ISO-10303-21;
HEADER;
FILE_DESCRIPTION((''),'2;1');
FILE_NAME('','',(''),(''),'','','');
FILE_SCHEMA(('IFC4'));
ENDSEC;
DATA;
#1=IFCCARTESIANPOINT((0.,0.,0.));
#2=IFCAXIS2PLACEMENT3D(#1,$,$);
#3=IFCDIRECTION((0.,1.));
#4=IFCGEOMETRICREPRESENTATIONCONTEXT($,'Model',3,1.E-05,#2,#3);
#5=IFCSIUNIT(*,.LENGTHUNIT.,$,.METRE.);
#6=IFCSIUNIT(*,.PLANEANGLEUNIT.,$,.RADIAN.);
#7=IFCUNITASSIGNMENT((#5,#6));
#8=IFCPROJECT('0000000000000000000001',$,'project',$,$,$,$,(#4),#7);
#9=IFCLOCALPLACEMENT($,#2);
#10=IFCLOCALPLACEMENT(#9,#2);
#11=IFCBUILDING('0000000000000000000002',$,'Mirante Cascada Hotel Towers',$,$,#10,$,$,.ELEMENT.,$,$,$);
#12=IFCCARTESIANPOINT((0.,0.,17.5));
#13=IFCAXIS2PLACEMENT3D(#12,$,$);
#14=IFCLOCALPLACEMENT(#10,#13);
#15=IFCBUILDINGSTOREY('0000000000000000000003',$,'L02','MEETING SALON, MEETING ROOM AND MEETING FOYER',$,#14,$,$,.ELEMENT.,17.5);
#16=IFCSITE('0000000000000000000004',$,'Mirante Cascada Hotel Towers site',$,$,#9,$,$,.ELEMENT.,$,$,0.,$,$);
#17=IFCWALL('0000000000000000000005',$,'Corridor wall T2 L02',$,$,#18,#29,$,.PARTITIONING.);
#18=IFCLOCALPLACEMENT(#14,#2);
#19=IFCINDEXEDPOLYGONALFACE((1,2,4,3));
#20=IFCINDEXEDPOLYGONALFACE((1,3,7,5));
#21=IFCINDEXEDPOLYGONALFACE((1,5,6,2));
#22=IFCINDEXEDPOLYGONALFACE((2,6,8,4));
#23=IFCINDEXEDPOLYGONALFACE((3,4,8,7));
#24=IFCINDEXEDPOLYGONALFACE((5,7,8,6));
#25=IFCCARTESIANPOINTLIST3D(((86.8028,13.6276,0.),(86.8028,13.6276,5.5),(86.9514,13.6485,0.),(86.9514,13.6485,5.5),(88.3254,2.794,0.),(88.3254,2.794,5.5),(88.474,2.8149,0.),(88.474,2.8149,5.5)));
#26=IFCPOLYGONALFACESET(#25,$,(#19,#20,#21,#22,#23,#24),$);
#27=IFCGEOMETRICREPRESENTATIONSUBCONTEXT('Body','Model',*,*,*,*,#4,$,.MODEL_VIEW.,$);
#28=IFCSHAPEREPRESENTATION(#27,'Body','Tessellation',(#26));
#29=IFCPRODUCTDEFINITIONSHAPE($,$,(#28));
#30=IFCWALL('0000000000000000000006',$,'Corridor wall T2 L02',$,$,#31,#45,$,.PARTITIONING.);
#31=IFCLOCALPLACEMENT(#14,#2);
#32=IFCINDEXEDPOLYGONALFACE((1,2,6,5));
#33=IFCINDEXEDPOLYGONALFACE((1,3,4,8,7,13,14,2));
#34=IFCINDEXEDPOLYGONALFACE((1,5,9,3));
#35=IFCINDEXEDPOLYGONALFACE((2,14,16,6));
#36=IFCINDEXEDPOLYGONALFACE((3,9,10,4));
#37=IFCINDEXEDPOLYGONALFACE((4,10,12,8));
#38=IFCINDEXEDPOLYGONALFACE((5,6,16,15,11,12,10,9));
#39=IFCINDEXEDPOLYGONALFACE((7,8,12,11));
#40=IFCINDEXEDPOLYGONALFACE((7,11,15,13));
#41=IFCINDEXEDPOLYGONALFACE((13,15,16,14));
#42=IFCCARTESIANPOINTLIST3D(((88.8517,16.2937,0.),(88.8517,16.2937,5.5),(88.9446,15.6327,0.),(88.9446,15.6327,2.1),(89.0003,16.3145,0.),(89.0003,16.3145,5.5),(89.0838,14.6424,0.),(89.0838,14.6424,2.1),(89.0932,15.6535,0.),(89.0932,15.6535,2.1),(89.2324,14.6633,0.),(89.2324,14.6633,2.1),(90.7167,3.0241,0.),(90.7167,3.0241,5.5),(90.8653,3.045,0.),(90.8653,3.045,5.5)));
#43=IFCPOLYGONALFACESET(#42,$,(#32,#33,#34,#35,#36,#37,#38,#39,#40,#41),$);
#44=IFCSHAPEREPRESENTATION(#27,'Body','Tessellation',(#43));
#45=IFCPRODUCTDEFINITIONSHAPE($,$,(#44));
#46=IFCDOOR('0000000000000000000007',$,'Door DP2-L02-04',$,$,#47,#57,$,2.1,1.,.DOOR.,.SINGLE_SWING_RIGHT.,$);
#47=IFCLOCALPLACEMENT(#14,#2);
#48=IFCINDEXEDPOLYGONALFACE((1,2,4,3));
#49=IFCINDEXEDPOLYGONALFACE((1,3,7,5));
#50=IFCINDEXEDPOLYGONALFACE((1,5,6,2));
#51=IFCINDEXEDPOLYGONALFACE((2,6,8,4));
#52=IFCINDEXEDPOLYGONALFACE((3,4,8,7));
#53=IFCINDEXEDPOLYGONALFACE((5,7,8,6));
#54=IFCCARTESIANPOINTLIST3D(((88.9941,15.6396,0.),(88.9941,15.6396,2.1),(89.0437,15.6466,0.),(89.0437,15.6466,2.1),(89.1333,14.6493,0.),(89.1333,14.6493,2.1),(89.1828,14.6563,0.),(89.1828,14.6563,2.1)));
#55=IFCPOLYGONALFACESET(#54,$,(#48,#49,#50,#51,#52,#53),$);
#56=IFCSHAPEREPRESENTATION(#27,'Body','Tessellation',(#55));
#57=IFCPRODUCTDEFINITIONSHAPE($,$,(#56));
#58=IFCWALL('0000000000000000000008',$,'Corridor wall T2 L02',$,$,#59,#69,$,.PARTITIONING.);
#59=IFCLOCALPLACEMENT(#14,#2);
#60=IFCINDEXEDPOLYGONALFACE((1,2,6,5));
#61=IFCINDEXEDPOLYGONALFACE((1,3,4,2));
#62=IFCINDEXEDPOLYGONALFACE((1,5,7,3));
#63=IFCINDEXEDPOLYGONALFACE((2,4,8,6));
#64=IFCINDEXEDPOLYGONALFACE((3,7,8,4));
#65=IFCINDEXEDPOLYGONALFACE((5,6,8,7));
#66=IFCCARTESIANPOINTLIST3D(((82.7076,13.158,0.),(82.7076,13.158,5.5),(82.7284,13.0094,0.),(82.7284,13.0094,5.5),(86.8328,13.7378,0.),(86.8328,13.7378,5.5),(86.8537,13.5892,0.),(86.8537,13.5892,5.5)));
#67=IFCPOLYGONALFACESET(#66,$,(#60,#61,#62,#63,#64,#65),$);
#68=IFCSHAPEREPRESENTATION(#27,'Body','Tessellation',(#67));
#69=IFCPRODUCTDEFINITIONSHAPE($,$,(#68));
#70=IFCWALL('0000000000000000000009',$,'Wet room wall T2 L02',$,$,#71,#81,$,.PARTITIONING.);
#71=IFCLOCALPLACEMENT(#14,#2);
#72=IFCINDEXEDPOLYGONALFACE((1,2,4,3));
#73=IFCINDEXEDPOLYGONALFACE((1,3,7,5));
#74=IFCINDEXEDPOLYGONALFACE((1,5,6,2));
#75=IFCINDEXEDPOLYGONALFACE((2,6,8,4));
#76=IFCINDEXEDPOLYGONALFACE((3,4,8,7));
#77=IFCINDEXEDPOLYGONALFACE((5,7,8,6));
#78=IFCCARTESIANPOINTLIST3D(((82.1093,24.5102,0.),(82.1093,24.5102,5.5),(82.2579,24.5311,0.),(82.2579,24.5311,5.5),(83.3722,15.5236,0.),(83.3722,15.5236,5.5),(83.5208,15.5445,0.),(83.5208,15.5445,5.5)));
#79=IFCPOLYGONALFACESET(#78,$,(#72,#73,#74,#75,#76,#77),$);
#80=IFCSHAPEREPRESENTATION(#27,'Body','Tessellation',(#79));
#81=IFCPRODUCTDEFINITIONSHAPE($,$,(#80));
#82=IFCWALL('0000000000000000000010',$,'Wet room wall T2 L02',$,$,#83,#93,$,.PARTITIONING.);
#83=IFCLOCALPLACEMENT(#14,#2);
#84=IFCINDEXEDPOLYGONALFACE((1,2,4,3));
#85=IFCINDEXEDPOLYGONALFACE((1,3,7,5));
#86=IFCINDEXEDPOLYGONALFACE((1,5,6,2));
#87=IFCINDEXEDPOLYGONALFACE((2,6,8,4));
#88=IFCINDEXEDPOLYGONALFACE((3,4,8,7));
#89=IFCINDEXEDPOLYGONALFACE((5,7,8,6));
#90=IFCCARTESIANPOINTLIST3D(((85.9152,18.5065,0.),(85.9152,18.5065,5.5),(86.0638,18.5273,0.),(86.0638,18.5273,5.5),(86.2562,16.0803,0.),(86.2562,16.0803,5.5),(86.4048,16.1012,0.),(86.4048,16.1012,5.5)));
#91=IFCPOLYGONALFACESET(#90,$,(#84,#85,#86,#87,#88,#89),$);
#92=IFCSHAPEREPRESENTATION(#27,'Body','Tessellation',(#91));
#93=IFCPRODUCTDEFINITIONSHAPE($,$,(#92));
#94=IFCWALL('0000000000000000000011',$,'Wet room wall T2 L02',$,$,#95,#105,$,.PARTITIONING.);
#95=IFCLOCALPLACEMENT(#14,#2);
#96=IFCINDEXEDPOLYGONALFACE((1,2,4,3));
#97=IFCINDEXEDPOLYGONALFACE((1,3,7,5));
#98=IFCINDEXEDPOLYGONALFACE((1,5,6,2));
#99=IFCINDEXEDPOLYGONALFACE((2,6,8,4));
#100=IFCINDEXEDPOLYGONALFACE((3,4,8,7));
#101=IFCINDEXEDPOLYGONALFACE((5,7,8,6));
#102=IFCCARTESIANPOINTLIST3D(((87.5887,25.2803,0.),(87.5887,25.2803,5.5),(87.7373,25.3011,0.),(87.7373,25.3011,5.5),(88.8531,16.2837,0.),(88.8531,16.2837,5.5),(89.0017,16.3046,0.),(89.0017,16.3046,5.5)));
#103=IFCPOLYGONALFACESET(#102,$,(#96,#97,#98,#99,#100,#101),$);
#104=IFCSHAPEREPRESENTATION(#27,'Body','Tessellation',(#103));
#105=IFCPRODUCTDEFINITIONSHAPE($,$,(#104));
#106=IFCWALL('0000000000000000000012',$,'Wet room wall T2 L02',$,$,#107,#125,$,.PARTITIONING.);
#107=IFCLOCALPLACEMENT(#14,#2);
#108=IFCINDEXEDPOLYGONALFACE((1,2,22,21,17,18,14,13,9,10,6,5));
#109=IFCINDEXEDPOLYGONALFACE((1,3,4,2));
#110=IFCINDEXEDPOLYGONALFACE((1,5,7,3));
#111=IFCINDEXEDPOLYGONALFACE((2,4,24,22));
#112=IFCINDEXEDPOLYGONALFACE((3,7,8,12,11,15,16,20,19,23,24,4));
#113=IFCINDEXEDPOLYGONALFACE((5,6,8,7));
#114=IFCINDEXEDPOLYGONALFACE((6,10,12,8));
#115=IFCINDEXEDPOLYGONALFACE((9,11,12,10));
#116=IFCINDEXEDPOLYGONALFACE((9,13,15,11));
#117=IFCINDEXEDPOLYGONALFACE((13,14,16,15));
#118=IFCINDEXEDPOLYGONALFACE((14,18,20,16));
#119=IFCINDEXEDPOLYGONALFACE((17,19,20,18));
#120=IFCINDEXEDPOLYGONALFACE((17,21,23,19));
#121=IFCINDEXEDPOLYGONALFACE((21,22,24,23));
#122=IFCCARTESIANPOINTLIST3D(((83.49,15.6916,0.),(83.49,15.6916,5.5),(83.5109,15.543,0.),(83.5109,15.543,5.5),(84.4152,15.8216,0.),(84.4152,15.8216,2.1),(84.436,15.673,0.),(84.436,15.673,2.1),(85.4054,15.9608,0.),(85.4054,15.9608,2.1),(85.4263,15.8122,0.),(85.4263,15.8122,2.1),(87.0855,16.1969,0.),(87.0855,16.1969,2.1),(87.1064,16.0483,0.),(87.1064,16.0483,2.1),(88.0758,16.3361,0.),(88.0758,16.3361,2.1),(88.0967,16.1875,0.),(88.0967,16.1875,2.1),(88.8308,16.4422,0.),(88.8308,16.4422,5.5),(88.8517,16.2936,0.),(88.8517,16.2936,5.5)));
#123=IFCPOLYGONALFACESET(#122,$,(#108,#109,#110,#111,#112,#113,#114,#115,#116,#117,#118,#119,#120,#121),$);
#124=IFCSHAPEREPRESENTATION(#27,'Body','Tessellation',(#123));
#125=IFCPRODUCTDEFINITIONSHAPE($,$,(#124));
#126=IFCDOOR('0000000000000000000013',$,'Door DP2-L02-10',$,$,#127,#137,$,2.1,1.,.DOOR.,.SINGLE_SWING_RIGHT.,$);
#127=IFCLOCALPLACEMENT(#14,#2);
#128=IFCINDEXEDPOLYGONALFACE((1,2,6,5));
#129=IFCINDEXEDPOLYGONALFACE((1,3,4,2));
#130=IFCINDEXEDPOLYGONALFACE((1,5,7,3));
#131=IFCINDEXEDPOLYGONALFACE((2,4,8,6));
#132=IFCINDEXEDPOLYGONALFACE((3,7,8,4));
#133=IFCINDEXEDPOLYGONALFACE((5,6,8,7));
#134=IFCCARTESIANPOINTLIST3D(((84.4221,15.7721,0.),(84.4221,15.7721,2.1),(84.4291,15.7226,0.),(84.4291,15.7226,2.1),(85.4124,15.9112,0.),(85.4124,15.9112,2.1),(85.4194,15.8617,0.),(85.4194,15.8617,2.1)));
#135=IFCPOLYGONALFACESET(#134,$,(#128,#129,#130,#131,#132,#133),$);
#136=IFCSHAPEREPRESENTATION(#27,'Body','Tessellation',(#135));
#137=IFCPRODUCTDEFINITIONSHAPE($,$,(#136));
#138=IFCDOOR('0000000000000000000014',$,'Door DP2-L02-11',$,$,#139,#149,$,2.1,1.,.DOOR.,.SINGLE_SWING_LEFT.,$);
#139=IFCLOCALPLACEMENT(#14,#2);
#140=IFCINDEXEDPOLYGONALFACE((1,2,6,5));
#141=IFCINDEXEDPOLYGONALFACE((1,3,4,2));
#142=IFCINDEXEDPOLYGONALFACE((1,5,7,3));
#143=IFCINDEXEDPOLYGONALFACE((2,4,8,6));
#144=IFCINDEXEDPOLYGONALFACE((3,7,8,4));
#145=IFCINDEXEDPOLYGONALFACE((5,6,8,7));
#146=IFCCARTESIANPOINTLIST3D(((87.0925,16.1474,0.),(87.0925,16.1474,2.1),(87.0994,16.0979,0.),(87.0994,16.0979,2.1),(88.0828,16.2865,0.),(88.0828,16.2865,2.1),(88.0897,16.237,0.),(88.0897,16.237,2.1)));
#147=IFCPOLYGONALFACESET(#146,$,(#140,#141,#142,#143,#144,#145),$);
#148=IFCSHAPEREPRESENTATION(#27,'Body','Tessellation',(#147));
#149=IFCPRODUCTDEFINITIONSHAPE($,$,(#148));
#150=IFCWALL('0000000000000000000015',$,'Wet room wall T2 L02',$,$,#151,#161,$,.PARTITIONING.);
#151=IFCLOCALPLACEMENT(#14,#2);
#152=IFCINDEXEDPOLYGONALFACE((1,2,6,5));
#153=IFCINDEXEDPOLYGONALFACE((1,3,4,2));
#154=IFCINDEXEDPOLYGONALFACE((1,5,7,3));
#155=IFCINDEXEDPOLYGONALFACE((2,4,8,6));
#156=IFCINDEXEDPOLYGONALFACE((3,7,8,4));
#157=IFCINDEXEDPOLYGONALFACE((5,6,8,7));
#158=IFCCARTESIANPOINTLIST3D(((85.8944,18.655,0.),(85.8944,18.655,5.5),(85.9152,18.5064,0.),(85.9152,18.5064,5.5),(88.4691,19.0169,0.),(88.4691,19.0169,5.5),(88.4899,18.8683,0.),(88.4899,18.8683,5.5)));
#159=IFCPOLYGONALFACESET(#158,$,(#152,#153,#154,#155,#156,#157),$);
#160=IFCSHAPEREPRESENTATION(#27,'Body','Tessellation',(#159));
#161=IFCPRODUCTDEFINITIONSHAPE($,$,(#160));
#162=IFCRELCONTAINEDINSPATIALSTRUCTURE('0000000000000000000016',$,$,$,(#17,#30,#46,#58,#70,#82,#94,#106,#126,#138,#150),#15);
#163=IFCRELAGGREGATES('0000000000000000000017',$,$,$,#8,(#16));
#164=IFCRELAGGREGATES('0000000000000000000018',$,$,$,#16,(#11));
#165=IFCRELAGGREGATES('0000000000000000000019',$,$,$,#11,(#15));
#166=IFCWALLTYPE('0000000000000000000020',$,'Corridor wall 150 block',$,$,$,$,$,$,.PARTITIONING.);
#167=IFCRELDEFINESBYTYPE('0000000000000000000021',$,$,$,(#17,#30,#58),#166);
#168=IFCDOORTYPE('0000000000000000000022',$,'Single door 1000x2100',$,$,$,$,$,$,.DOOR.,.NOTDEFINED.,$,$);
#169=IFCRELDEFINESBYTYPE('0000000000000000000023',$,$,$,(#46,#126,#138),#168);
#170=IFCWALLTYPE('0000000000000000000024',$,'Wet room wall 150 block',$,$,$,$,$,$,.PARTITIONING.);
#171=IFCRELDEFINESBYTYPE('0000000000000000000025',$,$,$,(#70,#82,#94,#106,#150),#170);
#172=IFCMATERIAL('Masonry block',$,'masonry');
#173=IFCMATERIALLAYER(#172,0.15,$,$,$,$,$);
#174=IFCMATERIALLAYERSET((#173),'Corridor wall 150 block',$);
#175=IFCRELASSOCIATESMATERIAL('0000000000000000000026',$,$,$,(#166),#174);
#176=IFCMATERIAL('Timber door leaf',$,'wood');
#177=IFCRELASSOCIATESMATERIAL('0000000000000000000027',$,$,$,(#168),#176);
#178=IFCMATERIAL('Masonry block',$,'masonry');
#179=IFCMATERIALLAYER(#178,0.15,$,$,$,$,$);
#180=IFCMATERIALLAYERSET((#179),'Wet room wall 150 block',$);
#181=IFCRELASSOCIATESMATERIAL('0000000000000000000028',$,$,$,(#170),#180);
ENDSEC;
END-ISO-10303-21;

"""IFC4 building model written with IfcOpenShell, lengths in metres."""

from ifc_helpers import new_model, si_unit, direction, frame, frame_2d, origin, place, context, subcontext, project, spatial, rectangle, extrude, material, layer, layer_set, type_object, element, fill, save


model = new_model("IFC4")

# Units and contexts
model_context = context("Model", 3, precision=1e-05, world=origin(), true_north=direction((0.0, 1.0)))
body_context = subcontext(model_context, "Body", "Model", "MODEL_VIEW")
ifc_project = project(units=[si_unit("LENGTHUNIT", "METRE"), si_unit("PLANEANGLEUNIT", "RADIAN")], contexts=[model_context])

# Site, building, storey
site_placement = place(None, origin())
site = spatial("IfcSite", under=ifc_project, at=site_placement, Name="Mirante Cascada Hotel Towers site", CompositionType="ELEMENT", RefElevation=0.0)
building_placement = place(site_placement, origin())
building = spatial("IfcBuilding", under=site, at=building_placement, Name="Mirante Cascada Hotel Towers", CompositionType="ELEMENT")
storey_placement = place(building_placement, frame((0.0, 0.0, 17.5)))
storey = spatial("IfcBuildingStorey", under=building, at=storey_placement, Name="L02", Description="MEETING SALON, MEETING ROOM AND MEETING FOYER", CompositionType="ELEMENT", Elevation=17.5)

# Wall
ifc_material_1 = material(Name="Masonry block", Category="masonry")
ifc_layer_1 = layer(ifc_material_1, 0.15)
ifc_layer_set_1 = layer_set([ifc_layer_1], Name="Corridor wall 150 block")
wall_type_1 = type_object("IfcWallType", Name="Corridor wall 150 block", PredefinedType="PARTITIONING", material=ifc_layer_set_1)
wall_1_placement = place(storey_placement, frame((86.8771, 13.638, 0.0), z_axis=(0.0, 0.0, 1.0), x_axis=(0.139176, -0.990268, 0.0)))
element("IfcWall", 1, at=wall_1_placement, inside=storey, type_object=wall_type_1, Name="Corridor wall T2 L02", PredefinedType="PARTITIONING", context=body_context, shape_type="SweptSolid", body=[
    extrude(rectangle(XDim=10.9401, YDim=0.15, at=frame_2d((5.47, 0.0))), origin(), (0.0, 0.0, 1.0), 5.5),
])

# Wall, opening, door
wall_2_placement = place(storey_placement, frame((88.926, 16.3041, 0.0), z_axis=(0.0, 0.0, 1.0), x_axis=(0.139179, -0.990267, 0.0)))
wall_2 = element("IfcWall", 2, at=wall_2_placement, inside=storey, type_object=wall_type_1, Name="Corridor wall T2 L02", PredefinedType="PARTITIONING", context=body_context, shape_type="SweptSolid", body=[
    extrude(rectangle(XDim=13.4, YDim=0.15, at=frame_2d((6.7, 0.0))), origin(), (0.0, 0.0, 1.0), 5.5),
])
opening_1_placement = place(wall_2_placement, frame((0.6675, 0.0, 0.0)))
opening_1 = element("IfcOpeningElement", 3, at=opening_1_placement, cuts=wall_2, PredefinedType="OPENING", context=body_context, shape_type="SweptSolid", body=[
    extrude(rectangle(XDim=1.0, YDim=2.1, at=frame_2d((0.5, 1.05))), frame((0.0, 0.075, 0.0), z_axis=(0.0, -1.0, 0.0), x_axis=(1.0, 0.0, 0.0)), (0.0, 0.0, 1.0), 0.15),
])
ifc_material_2 = material(Name="Timber door leaf", Category="wood")
door_type = type_object("IfcDoorType", Name="Single door 1000x2100", OperationType="NOTDEFINED", PredefinedType="DOOR", material=ifc_material_2)
door_1_placement = place(opening_1_placement, origin())
door_1 = element("IfcDoor", 4, at=door_1_placement, inside=storey, type_object=door_type, Name="Door DP2-L02-04", OperationType="SINGLE_SWING_RIGHT", OverallHeight=2.1, OverallWidth=1.0, PredefinedType="DOOR", context=body_context, shape_type="SweptSolid", body=[
    extrude(rectangle(XDim=1.0, YDim=2.1, at=frame_2d((0.5, 1.05))), frame((0.0, 0.025, 0.0), z_axis=(0.0, -1.0, 0.0), x_axis=(1.0, 0.0, 0.0)), (0.0, 0.0, 1.0), 0.05),
])
fill(opening_1, door_1)

# Walls
wall_3_placement = place(storey_placement, frame((82.718, 13.0837, 0.0), z_axis=(0.0, 0.0, 1.0), x_axis=(0.990267, 0.139179, 0.0)))
element("IfcWall", 5, at=wall_3_placement, inside=storey, type_object=wall_type_1, Name="Corridor wall T2 L02", PredefinedType="PARTITIONING", context=body_context, shape_type="SweptSolid", body=[
    extrude(rectangle(XDim=4.1658, YDim=0.15, at=frame_2d((2.0829, 0.0))), origin(), (0.0, 0.0, 1.0), 5.5),
])
ifc_material_3 = material(Name="Masonry block", Category="masonry")
ifc_layer_2 = layer(ifc_material_3, 0.15)
ifc_layer_set_2 = layer_set([ifc_layer_2], Name="Wet room wall 150 block")
wall_type_2 = type_object("IfcWallType", Name="Wet room wall 150 block", PredefinedType="PARTITIONING", material=ifc_layer_set_2)
wall_4_placement = place(storey_placement, frame((82.1836, 24.5206, 0.0), z_axis=(0.0, 0.0, 1.0), x_axis=(0.139164, -0.990269, 0.0)))
element("IfcWall", 6, at=wall_4_placement, inside=storey, type_object=wall_type_2, Name="Wet room wall T2 L02", PredefinedType="PARTITIONING", context=body_context, shape_type="SweptSolid", body=[
    extrude(rectangle(XDim=9.0749, YDim=0.15, at=frame_2d((4.5374, 0.0))), origin(), (0.0, 0.0, 1.0), 5.5),
])
wall_5_placement = place(storey_placement, frame((85.9895, 18.5169, 0.0), z_axis=(0.0, 0.0, 1.0), x_axis=(0.139181, -0.990267, 0.0)))
element("IfcWall", 7, at=wall_5_placement, inside=storey, type_object=wall_type_2, Name="Wet room wall T2 L02", PredefinedType="PARTITIONING", context=body_context, shape_type="SweptSolid", body=[
    extrude(rectangle(XDim=2.45, YDim=0.15, at=frame_2d((1.225, 0.0))), origin(), (0.0, 0.0, 1.0), 5.5),
])
wall_6_placement = place(storey_placement, frame((87.663, 25.2907, 0.0), z_axis=(0.0, 0.0, 1.0), x_axis=(0.139174, -0.990268, 0.0)))
element("IfcWall", 8, at=wall_6_placement, inside=storey, type_object=wall_type_2, Name="Wet room wall T2 L02", PredefinedType="PARTITIONING", context=body_context, shape_type="SweptSolid", body=[
    extrude(rectangle(XDim=9.085, YDim=0.15, at=frame_2d((4.5425, 0.0))), origin(), (0.0, 0.0, 1.0), 5.5),
])

# Wall, openings, doors
wall_7_placement = place(storey_placement, frame((83.5005, 15.6173, 0.0), z_axis=(0.0, 0.0, 1.0), x_axis=(0.990268, 0.139173, 0.0)))
wall_7 = element("IfcWall", 9, at=wall_7_placement, inside=storey, type_object=wall_type_2, Name="Wet room wall T2 L02", PredefinedType="PARTITIONING", context=body_context, shape_type="SweptSolid", body=[
    extrude(rectangle(XDim=5.3933, YDim=0.15, at=frame_2d((2.6966, 0.0))), origin(), (0.0, 0.0, 1.0), 5.5),
])
opening_2_placement = place(wall_7_placement, frame((0.9342, 0.0, 0.0)))
opening_2 = element("IfcOpeningElement", 10, at=opening_2_placement, cuts=wall_7, PredefinedType="OPENING", context=body_context, shape_type="SweptSolid", body=[
    extrude(rectangle(XDim=1.0, YDim=2.1, at=frame_2d((0.5, 1.05))), frame((0.0, 0.075, 0.0), z_axis=(0.0, -1.0, 0.0), x_axis=(1.0, 0.0, 0.0)), (0.0, 0.0, 1.0), 0.15),
])
opening_3_placement = place(wall_7_placement, frame((3.6308, 0.0, 0.0)))
opening_3 = element("IfcOpeningElement", 11, at=opening_3_placement, cuts=wall_7, PredefinedType="OPENING", context=body_context, shape_type="SweptSolid", body=[
    extrude(rectangle(XDim=1.0, YDim=2.1, at=frame_2d((0.5, 1.05))), frame((0.0, 0.075, 0.0), z_axis=(0.0, -1.0, 0.0), x_axis=(1.0, 0.0, 0.0)), (0.0, 0.0, 1.0), 0.15),
])
door_2_placement = place(opening_2_placement, origin())
door_2 = element("IfcDoor", 12, at=door_2_placement, inside=storey, type_object=door_type, Name="Door DP2-L02-10", OperationType="SINGLE_SWING_RIGHT", OverallHeight=2.1, OverallWidth=1.0, PredefinedType="DOOR", context=body_context, shape_type="SweptSolid", body=[
    extrude(rectangle(XDim=1.0, YDim=2.1, at=frame_2d((0.5, 1.05))), frame((0.0, 0.025, 0.0), z_axis=(0.0, -1.0, 0.0), x_axis=(1.0, 0.0, 0.0)), (0.0, 0.0, 1.0), 0.05),
])
fill(opening_2, door_2)
door_3_placement = place(opening_3_placement, origin())
door_3 = element("IfcDoor", 13, at=door_3_placement, inside=storey, type_object=door_type, Name="Door DP2-L02-11", OperationType="SINGLE_SWING_LEFT", OverallHeight=2.1, OverallWidth=1.0, PredefinedType="DOOR", context=body_context, shape_type="SweptSolid", body=[
    extrude(rectangle(XDim=1.0, YDim=2.1, at=frame_2d((0.5, 1.05))), frame((0.0, 0.025, 0.0), z_axis=(0.0, -1.0, 0.0), x_axis=(1.0, 0.0, 0.0)), (0.0, 0.0, 1.0), 0.05),
])
fill(opening_3, door_3)

# Wall
wall_8_placement = place(storey_placement, frame((85.9048, 18.5807, 0.0), z_axis=(0.0, 0.0, 1.0), x_axis=(0.990265, 0.139192, 0.0)))
element("IfcWall", 14, at=wall_8_placement, inside=storey, type_object=wall_type_2, Name="Wet room wall T2 L02", PredefinedType="PARTITIONING", context=body_context, shape_type="SweptSolid", body=[
    extrude(rectangle(XDim=2.6, YDim=0.15, at=frame_2d((1.3, 0.0))), origin(), (0.0, 0.0, 1.0), 5.5),
])

save(model, "model.ifc")
